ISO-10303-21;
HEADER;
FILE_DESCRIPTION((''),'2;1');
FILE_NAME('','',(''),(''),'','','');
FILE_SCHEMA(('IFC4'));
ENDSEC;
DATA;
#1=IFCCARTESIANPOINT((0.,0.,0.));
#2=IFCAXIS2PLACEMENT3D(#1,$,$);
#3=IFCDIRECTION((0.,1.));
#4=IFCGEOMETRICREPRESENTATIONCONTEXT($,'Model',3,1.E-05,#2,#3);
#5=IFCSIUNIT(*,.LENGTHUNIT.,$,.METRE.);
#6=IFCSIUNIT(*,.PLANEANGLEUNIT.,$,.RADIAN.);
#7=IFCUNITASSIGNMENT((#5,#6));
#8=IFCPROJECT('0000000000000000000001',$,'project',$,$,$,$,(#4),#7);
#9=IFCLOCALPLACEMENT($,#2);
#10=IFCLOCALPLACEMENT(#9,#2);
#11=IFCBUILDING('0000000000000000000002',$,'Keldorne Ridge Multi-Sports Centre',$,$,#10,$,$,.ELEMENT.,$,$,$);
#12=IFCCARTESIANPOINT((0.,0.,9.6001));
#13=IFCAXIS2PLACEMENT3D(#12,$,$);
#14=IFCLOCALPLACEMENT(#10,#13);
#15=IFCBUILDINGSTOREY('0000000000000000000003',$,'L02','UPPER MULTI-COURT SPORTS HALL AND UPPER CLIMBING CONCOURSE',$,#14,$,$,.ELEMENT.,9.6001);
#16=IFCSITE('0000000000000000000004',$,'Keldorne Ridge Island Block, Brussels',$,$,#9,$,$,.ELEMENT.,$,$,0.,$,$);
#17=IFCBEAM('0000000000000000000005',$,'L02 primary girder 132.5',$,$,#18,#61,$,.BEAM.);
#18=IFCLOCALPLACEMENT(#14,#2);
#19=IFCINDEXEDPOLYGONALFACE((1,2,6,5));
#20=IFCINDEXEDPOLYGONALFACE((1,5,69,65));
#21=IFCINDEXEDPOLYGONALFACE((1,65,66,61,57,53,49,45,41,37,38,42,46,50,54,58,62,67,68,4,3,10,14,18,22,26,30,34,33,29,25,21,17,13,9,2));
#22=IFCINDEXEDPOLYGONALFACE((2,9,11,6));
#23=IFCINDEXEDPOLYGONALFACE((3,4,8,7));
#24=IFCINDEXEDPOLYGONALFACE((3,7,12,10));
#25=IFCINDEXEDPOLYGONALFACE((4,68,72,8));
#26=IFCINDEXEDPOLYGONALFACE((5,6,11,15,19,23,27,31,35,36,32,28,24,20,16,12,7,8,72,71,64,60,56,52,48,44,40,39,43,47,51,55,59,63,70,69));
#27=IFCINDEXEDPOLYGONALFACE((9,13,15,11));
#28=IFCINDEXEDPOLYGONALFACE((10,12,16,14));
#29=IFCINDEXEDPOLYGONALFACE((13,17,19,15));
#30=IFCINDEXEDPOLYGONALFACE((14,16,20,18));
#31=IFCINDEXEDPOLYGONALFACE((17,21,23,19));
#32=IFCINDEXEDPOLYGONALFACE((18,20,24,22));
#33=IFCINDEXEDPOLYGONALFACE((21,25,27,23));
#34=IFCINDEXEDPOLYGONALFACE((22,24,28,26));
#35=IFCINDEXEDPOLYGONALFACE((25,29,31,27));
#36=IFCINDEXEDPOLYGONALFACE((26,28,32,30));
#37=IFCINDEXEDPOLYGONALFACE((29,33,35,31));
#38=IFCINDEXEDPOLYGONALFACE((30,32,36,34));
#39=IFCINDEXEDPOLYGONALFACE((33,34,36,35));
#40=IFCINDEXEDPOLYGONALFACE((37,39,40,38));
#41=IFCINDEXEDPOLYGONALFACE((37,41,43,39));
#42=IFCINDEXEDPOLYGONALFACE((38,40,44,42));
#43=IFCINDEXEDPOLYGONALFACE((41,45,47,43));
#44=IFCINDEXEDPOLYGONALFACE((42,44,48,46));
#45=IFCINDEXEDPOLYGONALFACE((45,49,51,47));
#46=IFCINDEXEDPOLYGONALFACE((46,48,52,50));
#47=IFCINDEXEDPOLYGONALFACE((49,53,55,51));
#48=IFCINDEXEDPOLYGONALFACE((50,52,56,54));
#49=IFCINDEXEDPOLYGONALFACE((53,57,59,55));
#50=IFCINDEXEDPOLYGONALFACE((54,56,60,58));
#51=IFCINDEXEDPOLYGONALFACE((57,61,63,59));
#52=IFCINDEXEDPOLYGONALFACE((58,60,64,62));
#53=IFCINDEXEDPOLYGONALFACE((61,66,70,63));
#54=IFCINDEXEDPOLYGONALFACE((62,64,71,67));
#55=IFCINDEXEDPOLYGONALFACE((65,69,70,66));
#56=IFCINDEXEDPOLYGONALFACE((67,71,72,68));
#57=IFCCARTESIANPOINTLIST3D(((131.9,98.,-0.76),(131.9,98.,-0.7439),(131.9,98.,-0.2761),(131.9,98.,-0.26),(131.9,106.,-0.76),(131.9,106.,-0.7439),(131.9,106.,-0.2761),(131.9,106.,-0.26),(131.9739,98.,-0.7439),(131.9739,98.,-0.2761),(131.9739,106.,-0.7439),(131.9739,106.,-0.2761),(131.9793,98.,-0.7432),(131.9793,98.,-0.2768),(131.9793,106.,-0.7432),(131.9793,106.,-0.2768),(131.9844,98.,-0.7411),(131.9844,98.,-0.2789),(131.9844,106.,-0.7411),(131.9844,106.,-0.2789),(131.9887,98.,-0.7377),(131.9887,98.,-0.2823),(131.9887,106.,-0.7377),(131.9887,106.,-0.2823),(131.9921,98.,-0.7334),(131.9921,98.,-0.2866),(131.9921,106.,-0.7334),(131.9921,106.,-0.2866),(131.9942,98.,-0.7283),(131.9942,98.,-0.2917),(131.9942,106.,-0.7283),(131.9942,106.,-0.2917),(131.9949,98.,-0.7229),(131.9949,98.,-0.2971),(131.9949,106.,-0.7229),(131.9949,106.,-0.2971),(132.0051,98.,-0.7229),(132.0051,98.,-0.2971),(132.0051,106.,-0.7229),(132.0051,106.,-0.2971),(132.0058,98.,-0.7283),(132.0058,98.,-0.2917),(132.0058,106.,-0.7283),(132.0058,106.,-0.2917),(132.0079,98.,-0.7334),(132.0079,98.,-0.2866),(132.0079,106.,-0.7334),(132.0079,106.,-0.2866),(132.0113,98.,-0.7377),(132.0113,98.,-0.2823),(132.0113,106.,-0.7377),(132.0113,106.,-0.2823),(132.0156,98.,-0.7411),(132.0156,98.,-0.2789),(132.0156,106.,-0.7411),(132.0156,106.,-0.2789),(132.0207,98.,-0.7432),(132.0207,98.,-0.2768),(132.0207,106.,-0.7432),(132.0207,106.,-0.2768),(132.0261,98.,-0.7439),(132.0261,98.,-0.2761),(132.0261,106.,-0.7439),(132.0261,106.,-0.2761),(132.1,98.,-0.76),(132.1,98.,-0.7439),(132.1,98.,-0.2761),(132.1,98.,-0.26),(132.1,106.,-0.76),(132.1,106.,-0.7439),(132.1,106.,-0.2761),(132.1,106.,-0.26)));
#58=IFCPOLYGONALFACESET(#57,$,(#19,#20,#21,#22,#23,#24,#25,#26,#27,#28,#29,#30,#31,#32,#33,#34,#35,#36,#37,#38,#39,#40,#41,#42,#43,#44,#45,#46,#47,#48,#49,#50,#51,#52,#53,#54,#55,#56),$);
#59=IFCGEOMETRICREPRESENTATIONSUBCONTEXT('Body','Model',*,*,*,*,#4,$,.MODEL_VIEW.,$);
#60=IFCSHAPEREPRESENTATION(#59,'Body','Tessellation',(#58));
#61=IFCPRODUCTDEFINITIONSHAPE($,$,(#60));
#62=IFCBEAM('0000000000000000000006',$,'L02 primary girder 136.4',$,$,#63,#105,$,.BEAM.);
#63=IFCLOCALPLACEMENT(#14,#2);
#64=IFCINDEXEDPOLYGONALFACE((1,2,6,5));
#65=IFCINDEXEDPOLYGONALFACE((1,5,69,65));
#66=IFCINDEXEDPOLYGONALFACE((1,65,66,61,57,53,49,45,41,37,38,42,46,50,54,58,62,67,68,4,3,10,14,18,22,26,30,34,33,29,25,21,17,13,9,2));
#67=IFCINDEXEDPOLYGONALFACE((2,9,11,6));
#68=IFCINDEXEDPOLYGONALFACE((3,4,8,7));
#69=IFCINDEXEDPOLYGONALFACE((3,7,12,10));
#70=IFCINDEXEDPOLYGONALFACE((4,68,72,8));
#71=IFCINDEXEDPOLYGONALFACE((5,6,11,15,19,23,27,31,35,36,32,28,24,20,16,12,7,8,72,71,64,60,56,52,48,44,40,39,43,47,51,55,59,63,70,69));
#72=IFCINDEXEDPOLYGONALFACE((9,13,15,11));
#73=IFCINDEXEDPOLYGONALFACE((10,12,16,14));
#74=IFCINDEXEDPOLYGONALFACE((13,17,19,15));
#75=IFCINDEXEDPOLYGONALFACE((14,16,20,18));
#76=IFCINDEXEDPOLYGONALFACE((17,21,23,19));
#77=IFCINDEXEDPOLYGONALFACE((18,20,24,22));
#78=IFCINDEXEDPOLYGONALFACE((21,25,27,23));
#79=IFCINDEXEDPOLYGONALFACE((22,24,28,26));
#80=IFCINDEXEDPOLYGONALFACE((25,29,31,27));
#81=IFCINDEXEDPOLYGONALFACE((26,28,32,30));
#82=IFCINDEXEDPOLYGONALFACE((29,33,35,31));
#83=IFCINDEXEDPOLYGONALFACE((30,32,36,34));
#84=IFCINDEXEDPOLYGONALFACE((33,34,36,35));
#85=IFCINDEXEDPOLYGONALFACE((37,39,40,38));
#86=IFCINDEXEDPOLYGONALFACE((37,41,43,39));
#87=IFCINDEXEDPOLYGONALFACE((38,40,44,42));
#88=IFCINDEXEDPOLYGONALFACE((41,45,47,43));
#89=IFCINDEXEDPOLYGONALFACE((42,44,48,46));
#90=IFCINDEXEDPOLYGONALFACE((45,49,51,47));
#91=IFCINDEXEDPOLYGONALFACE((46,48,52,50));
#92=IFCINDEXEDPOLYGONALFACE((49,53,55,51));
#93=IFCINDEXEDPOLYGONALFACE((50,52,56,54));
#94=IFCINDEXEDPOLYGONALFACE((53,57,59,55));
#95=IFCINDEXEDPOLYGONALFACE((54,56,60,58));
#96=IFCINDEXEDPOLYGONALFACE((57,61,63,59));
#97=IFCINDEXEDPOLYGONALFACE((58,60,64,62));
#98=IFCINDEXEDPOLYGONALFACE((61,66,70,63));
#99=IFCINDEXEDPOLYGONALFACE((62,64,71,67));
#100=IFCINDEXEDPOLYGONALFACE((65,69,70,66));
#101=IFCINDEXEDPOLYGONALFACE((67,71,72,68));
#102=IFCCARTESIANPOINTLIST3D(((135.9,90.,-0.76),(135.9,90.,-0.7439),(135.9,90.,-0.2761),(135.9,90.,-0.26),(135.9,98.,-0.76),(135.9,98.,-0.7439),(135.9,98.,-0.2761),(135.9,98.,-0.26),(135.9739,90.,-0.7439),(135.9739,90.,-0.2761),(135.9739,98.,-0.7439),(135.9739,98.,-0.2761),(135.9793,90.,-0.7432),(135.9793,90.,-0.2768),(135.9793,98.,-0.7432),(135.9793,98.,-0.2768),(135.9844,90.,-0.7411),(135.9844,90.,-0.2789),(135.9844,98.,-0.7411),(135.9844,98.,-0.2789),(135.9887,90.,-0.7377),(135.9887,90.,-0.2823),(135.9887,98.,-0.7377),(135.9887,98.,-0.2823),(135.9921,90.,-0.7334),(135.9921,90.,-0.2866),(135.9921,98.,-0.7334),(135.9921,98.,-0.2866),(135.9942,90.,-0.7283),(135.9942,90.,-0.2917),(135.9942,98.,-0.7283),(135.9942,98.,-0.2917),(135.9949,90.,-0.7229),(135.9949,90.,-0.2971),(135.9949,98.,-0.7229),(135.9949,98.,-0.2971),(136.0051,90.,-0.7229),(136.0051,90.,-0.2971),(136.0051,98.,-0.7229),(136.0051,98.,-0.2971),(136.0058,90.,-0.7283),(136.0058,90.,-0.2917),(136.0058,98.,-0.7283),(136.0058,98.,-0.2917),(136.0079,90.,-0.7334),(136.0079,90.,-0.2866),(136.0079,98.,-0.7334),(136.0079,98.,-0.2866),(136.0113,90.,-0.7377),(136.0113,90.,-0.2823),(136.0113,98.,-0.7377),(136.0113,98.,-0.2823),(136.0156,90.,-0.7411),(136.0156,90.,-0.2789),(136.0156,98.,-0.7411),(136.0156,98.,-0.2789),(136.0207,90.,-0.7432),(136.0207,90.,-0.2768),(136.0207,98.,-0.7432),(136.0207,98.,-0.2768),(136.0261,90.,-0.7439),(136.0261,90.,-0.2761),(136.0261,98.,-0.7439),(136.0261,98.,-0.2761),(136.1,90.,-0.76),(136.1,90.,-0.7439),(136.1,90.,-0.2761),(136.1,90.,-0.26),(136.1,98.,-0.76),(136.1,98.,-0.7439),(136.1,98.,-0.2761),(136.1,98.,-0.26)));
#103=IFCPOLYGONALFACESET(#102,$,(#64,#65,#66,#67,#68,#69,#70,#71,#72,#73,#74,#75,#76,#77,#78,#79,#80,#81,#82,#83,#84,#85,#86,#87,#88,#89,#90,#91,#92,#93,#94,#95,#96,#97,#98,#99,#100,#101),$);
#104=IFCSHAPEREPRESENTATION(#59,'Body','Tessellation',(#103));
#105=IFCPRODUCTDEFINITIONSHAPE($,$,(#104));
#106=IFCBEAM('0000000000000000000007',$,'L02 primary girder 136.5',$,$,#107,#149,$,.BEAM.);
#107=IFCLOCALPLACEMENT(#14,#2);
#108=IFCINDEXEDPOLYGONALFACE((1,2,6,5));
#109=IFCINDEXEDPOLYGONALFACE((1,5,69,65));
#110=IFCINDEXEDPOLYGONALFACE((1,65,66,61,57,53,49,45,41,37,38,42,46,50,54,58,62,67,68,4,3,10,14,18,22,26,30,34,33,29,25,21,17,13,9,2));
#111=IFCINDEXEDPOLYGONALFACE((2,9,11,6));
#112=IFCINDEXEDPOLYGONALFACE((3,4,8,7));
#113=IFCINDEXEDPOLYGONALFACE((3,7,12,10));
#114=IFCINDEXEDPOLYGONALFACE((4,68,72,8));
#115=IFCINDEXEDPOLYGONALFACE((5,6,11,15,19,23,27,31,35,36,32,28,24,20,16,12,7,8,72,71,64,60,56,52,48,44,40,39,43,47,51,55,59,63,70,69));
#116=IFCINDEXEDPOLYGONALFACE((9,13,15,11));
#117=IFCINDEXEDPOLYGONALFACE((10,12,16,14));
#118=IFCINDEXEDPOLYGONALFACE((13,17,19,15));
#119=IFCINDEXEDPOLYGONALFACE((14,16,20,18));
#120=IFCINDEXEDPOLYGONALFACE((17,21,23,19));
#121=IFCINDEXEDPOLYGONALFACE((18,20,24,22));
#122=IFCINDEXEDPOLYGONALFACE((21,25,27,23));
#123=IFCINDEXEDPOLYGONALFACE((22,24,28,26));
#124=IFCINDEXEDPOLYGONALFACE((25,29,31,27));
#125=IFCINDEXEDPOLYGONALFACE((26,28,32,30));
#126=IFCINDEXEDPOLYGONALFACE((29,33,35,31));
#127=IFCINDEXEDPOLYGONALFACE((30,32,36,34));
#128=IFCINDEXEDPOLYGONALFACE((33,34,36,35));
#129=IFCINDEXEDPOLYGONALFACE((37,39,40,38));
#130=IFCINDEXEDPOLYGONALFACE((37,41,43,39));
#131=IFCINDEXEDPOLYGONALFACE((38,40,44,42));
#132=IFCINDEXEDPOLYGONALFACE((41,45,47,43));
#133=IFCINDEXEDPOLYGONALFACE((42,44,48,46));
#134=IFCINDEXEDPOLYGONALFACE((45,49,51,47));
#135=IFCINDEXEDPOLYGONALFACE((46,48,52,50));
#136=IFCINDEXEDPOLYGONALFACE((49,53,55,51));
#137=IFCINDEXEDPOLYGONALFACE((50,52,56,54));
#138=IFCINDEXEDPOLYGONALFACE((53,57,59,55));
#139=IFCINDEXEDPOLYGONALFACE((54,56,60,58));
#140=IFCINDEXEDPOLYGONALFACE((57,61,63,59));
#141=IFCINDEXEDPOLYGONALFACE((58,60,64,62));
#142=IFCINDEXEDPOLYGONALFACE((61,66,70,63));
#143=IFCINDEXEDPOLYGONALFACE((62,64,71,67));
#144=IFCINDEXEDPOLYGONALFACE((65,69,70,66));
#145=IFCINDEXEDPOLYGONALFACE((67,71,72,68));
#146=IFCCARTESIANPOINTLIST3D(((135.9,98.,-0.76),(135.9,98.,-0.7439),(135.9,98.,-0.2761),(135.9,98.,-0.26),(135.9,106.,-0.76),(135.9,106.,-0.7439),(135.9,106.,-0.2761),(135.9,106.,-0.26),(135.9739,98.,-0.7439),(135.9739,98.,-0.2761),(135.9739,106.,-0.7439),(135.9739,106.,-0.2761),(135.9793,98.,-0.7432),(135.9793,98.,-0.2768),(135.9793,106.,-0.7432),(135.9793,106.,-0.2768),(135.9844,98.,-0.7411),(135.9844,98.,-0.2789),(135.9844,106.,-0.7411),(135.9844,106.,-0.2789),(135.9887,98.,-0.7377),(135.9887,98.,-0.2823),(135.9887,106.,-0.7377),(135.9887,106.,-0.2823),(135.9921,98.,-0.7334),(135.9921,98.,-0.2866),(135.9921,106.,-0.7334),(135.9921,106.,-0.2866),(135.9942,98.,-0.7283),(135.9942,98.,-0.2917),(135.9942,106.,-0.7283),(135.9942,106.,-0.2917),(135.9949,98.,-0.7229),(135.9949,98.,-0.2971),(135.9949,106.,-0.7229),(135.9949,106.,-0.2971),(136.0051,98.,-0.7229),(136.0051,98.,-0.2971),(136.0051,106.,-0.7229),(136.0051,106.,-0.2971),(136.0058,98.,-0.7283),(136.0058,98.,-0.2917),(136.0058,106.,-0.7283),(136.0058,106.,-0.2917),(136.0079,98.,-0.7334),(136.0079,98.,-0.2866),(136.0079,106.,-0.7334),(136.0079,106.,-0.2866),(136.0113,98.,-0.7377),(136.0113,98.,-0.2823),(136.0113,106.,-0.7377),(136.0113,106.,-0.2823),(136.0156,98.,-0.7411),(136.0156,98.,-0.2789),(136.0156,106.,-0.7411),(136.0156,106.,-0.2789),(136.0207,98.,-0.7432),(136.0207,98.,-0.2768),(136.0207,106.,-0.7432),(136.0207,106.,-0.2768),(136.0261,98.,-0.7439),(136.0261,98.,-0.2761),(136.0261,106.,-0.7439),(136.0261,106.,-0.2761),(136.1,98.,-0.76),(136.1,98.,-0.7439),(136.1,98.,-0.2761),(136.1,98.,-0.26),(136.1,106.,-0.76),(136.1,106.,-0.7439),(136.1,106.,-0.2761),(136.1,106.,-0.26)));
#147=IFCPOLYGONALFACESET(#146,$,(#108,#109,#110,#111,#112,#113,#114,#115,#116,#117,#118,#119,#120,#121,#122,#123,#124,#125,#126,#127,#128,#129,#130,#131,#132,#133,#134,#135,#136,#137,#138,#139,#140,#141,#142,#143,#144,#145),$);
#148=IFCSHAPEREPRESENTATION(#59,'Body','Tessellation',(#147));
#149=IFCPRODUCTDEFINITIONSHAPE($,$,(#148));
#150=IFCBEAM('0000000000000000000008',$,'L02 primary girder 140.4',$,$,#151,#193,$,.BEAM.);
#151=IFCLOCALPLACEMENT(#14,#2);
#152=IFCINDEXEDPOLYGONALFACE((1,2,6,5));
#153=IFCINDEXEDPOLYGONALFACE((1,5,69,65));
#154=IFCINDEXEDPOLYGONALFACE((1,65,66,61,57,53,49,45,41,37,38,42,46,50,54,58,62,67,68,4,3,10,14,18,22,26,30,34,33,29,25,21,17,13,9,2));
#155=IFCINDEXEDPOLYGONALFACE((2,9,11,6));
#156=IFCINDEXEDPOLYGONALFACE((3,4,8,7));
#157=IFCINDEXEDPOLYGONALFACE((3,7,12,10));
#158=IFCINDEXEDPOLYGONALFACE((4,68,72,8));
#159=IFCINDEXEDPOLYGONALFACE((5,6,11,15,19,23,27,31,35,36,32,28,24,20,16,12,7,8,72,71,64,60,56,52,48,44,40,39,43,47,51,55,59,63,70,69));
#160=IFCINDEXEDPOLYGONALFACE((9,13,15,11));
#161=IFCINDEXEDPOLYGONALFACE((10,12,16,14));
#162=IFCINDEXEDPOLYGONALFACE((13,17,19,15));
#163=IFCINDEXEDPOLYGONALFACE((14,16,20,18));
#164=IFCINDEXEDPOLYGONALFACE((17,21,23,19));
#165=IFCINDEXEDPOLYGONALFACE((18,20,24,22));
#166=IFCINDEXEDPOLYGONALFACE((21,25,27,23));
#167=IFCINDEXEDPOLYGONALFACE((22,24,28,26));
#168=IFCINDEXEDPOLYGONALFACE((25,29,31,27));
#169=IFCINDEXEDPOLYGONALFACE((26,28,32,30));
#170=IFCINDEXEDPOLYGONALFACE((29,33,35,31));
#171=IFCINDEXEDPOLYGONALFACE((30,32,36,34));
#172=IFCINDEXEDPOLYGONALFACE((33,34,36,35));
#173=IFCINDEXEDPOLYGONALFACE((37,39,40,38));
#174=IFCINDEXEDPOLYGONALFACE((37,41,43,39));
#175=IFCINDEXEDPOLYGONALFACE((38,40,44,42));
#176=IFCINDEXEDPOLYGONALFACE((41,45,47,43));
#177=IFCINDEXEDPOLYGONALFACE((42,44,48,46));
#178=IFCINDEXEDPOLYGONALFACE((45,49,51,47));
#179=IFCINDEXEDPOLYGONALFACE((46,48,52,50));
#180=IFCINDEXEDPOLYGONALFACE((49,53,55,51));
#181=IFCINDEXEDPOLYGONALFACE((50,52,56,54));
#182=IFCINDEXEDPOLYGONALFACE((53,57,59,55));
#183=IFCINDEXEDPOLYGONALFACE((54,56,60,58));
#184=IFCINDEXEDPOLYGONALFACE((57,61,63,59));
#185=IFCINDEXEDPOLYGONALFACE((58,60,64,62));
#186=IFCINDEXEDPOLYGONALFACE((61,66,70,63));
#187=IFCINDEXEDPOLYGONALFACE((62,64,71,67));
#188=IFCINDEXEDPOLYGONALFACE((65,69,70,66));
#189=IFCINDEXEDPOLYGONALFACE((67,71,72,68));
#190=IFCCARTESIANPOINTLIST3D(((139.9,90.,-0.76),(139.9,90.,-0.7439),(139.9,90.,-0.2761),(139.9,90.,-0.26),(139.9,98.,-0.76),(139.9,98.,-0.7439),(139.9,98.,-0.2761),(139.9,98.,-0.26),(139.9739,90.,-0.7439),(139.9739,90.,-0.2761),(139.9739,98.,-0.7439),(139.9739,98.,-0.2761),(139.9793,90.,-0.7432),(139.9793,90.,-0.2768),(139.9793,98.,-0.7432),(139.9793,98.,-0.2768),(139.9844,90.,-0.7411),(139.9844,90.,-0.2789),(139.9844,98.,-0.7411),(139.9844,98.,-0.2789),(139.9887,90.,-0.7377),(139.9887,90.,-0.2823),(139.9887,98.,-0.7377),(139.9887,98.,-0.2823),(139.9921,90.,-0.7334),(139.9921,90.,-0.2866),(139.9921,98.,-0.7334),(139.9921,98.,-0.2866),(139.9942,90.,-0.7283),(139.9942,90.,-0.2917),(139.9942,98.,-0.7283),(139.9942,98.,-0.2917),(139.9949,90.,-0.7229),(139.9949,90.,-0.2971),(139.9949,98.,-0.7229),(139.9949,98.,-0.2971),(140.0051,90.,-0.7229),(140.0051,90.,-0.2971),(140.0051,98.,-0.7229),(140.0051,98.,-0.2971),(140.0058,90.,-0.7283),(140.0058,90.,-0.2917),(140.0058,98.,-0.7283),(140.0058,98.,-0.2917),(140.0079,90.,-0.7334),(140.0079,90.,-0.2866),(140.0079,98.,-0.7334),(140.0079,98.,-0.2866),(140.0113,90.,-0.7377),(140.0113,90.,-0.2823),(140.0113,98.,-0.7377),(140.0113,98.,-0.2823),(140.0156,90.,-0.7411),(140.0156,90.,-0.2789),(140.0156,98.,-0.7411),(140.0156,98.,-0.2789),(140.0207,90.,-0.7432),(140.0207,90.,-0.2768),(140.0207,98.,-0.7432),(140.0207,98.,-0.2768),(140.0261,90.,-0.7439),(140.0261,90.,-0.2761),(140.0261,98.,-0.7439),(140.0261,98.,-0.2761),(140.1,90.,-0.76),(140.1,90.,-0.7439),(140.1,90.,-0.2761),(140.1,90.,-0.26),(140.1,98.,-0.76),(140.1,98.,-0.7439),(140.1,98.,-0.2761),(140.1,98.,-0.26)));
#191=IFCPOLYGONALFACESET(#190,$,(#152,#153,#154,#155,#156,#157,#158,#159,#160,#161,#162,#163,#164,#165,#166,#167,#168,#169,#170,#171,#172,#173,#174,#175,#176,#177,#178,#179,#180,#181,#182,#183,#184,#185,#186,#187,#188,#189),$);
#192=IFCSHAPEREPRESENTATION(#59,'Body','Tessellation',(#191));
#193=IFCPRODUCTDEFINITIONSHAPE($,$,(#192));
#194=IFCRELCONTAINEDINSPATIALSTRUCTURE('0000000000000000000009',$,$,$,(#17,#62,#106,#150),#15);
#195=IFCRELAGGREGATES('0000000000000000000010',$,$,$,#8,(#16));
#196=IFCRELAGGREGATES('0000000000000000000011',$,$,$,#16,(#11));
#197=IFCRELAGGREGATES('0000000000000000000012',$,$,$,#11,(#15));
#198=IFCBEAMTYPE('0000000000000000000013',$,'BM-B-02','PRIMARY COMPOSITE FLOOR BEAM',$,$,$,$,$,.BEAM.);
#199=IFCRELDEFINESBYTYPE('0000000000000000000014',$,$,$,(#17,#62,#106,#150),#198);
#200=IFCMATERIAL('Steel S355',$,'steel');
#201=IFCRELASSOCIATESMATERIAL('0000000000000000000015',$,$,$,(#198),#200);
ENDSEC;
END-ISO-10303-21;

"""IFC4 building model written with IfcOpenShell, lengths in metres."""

from ifc_helpers import new_model, si_unit, direction, frame, origin, origin_2d, place, context, subcontext, project, spatial, i_section, extrude, material, material_profile, profile_set, type_object, element, save


model = new_model("IFC4")

# Units and contexts
model_context = context("Model", 3, precision=1e-05, world=origin(), true_north=direction((0.0, 1.0)))
body_context = subcontext(model_context, "Body", "Model", "MODEL_VIEW")
ifc_project = project(units=[si_unit("LENGTHUNIT", "METRE"), si_unit("PLANEANGLEUNIT", "RADIAN")], contexts=[model_context])

# Site, building, storey
site_placement = place(None, origin())
site = spatial("IfcSite", under=ifc_project, at=site_placement, Name="Keldorne Ridge Island Block, Brussels", CompositionType="ELEMENT", RefElevation=0.0)
building_placement = place(site_placement, origin())
building = spatial("IfcBuilding", under=site, at=building_placement, Name="Keldorne Ridge Multi-Sports Centre", CompositionType="ELEMENT")
storey_placement = place(building_placement, frame((0.0, 0.0, 9.6001)))
storey = spatial("IfcBuildingStorey", under=building, at=storey_placement, Name="L02", Description="UPPER MULTI-COURT SPORTS HALL AND UPPER CLIMBING CONCOURSE", CompositionType="ELEMENT", Elevation=9.6001)

# Shared definitions
ifc_material_1 = material(Name="Steel S355", Category="steel")

# Beams
ifc_material_profile_1 = material_profile(ifc_material_1, i_section(OverallWidth=0.2, OverallDepth=0.5, WebThickness=0.0103, FlangeThickness=0.0161, FilletRadius=0.021, at=origin_2d()), Name="IPE 500")
ifc_profile_set_1 = profile_set([ifc_material_profile_1], Name="Steel S355")
beam_type_1 = type_object("IfcBeamType", Name="BM-B-02", Description="PRIMARY COMPOSITE FLOOR BEAM", PredefinedType="BEAM", material=ifc_profile_set_1)
for number, where, z_axis, x_axis, name in (
    (1, (132.0, 98.0, -0.51), (0.0, 1.0, 0.0), (-1.0, 0.0, 0.0), "L02 primary girder 132.5"),
    (2, (136.0, 90.0, -0.51), (0.0, 1.0, 0.0), (-1.0, 0.0, 0.0), "L02 primary girder 136.4"),
    (3, (136.0, 98.0, -0.51), (0.0, 1.0, 0.0), (-1.0, 0.0, 0.0), "L02 primary girder 136.5"),
    (4, (140.0, 90.0, -0.51), (0.0, 1.0, 0.0), (-1.0, 0.0, 0.0), "L02 primary girder 140.4"),
):
    element("IfcBeam", number, at=place(storey_placement, frame(where, z_axis=z_axis, x_axis=x_axis)), inside=storey, type_object=beam_type_1, Name=name, PredefinedType="BEAM", context=body_context, shape_type="SweptSolid", body=[
        extrude(i_section(OverallWidth=0.2, OverallDepth=0.5, WebThickness=0.0103, FlangeThickness=0.0161, FilletRadius=0.021, at=origin_2d()), origin(), (0.0, 0.0, 1.0), 8.0),
    ])

save(model, "model.ifc")
